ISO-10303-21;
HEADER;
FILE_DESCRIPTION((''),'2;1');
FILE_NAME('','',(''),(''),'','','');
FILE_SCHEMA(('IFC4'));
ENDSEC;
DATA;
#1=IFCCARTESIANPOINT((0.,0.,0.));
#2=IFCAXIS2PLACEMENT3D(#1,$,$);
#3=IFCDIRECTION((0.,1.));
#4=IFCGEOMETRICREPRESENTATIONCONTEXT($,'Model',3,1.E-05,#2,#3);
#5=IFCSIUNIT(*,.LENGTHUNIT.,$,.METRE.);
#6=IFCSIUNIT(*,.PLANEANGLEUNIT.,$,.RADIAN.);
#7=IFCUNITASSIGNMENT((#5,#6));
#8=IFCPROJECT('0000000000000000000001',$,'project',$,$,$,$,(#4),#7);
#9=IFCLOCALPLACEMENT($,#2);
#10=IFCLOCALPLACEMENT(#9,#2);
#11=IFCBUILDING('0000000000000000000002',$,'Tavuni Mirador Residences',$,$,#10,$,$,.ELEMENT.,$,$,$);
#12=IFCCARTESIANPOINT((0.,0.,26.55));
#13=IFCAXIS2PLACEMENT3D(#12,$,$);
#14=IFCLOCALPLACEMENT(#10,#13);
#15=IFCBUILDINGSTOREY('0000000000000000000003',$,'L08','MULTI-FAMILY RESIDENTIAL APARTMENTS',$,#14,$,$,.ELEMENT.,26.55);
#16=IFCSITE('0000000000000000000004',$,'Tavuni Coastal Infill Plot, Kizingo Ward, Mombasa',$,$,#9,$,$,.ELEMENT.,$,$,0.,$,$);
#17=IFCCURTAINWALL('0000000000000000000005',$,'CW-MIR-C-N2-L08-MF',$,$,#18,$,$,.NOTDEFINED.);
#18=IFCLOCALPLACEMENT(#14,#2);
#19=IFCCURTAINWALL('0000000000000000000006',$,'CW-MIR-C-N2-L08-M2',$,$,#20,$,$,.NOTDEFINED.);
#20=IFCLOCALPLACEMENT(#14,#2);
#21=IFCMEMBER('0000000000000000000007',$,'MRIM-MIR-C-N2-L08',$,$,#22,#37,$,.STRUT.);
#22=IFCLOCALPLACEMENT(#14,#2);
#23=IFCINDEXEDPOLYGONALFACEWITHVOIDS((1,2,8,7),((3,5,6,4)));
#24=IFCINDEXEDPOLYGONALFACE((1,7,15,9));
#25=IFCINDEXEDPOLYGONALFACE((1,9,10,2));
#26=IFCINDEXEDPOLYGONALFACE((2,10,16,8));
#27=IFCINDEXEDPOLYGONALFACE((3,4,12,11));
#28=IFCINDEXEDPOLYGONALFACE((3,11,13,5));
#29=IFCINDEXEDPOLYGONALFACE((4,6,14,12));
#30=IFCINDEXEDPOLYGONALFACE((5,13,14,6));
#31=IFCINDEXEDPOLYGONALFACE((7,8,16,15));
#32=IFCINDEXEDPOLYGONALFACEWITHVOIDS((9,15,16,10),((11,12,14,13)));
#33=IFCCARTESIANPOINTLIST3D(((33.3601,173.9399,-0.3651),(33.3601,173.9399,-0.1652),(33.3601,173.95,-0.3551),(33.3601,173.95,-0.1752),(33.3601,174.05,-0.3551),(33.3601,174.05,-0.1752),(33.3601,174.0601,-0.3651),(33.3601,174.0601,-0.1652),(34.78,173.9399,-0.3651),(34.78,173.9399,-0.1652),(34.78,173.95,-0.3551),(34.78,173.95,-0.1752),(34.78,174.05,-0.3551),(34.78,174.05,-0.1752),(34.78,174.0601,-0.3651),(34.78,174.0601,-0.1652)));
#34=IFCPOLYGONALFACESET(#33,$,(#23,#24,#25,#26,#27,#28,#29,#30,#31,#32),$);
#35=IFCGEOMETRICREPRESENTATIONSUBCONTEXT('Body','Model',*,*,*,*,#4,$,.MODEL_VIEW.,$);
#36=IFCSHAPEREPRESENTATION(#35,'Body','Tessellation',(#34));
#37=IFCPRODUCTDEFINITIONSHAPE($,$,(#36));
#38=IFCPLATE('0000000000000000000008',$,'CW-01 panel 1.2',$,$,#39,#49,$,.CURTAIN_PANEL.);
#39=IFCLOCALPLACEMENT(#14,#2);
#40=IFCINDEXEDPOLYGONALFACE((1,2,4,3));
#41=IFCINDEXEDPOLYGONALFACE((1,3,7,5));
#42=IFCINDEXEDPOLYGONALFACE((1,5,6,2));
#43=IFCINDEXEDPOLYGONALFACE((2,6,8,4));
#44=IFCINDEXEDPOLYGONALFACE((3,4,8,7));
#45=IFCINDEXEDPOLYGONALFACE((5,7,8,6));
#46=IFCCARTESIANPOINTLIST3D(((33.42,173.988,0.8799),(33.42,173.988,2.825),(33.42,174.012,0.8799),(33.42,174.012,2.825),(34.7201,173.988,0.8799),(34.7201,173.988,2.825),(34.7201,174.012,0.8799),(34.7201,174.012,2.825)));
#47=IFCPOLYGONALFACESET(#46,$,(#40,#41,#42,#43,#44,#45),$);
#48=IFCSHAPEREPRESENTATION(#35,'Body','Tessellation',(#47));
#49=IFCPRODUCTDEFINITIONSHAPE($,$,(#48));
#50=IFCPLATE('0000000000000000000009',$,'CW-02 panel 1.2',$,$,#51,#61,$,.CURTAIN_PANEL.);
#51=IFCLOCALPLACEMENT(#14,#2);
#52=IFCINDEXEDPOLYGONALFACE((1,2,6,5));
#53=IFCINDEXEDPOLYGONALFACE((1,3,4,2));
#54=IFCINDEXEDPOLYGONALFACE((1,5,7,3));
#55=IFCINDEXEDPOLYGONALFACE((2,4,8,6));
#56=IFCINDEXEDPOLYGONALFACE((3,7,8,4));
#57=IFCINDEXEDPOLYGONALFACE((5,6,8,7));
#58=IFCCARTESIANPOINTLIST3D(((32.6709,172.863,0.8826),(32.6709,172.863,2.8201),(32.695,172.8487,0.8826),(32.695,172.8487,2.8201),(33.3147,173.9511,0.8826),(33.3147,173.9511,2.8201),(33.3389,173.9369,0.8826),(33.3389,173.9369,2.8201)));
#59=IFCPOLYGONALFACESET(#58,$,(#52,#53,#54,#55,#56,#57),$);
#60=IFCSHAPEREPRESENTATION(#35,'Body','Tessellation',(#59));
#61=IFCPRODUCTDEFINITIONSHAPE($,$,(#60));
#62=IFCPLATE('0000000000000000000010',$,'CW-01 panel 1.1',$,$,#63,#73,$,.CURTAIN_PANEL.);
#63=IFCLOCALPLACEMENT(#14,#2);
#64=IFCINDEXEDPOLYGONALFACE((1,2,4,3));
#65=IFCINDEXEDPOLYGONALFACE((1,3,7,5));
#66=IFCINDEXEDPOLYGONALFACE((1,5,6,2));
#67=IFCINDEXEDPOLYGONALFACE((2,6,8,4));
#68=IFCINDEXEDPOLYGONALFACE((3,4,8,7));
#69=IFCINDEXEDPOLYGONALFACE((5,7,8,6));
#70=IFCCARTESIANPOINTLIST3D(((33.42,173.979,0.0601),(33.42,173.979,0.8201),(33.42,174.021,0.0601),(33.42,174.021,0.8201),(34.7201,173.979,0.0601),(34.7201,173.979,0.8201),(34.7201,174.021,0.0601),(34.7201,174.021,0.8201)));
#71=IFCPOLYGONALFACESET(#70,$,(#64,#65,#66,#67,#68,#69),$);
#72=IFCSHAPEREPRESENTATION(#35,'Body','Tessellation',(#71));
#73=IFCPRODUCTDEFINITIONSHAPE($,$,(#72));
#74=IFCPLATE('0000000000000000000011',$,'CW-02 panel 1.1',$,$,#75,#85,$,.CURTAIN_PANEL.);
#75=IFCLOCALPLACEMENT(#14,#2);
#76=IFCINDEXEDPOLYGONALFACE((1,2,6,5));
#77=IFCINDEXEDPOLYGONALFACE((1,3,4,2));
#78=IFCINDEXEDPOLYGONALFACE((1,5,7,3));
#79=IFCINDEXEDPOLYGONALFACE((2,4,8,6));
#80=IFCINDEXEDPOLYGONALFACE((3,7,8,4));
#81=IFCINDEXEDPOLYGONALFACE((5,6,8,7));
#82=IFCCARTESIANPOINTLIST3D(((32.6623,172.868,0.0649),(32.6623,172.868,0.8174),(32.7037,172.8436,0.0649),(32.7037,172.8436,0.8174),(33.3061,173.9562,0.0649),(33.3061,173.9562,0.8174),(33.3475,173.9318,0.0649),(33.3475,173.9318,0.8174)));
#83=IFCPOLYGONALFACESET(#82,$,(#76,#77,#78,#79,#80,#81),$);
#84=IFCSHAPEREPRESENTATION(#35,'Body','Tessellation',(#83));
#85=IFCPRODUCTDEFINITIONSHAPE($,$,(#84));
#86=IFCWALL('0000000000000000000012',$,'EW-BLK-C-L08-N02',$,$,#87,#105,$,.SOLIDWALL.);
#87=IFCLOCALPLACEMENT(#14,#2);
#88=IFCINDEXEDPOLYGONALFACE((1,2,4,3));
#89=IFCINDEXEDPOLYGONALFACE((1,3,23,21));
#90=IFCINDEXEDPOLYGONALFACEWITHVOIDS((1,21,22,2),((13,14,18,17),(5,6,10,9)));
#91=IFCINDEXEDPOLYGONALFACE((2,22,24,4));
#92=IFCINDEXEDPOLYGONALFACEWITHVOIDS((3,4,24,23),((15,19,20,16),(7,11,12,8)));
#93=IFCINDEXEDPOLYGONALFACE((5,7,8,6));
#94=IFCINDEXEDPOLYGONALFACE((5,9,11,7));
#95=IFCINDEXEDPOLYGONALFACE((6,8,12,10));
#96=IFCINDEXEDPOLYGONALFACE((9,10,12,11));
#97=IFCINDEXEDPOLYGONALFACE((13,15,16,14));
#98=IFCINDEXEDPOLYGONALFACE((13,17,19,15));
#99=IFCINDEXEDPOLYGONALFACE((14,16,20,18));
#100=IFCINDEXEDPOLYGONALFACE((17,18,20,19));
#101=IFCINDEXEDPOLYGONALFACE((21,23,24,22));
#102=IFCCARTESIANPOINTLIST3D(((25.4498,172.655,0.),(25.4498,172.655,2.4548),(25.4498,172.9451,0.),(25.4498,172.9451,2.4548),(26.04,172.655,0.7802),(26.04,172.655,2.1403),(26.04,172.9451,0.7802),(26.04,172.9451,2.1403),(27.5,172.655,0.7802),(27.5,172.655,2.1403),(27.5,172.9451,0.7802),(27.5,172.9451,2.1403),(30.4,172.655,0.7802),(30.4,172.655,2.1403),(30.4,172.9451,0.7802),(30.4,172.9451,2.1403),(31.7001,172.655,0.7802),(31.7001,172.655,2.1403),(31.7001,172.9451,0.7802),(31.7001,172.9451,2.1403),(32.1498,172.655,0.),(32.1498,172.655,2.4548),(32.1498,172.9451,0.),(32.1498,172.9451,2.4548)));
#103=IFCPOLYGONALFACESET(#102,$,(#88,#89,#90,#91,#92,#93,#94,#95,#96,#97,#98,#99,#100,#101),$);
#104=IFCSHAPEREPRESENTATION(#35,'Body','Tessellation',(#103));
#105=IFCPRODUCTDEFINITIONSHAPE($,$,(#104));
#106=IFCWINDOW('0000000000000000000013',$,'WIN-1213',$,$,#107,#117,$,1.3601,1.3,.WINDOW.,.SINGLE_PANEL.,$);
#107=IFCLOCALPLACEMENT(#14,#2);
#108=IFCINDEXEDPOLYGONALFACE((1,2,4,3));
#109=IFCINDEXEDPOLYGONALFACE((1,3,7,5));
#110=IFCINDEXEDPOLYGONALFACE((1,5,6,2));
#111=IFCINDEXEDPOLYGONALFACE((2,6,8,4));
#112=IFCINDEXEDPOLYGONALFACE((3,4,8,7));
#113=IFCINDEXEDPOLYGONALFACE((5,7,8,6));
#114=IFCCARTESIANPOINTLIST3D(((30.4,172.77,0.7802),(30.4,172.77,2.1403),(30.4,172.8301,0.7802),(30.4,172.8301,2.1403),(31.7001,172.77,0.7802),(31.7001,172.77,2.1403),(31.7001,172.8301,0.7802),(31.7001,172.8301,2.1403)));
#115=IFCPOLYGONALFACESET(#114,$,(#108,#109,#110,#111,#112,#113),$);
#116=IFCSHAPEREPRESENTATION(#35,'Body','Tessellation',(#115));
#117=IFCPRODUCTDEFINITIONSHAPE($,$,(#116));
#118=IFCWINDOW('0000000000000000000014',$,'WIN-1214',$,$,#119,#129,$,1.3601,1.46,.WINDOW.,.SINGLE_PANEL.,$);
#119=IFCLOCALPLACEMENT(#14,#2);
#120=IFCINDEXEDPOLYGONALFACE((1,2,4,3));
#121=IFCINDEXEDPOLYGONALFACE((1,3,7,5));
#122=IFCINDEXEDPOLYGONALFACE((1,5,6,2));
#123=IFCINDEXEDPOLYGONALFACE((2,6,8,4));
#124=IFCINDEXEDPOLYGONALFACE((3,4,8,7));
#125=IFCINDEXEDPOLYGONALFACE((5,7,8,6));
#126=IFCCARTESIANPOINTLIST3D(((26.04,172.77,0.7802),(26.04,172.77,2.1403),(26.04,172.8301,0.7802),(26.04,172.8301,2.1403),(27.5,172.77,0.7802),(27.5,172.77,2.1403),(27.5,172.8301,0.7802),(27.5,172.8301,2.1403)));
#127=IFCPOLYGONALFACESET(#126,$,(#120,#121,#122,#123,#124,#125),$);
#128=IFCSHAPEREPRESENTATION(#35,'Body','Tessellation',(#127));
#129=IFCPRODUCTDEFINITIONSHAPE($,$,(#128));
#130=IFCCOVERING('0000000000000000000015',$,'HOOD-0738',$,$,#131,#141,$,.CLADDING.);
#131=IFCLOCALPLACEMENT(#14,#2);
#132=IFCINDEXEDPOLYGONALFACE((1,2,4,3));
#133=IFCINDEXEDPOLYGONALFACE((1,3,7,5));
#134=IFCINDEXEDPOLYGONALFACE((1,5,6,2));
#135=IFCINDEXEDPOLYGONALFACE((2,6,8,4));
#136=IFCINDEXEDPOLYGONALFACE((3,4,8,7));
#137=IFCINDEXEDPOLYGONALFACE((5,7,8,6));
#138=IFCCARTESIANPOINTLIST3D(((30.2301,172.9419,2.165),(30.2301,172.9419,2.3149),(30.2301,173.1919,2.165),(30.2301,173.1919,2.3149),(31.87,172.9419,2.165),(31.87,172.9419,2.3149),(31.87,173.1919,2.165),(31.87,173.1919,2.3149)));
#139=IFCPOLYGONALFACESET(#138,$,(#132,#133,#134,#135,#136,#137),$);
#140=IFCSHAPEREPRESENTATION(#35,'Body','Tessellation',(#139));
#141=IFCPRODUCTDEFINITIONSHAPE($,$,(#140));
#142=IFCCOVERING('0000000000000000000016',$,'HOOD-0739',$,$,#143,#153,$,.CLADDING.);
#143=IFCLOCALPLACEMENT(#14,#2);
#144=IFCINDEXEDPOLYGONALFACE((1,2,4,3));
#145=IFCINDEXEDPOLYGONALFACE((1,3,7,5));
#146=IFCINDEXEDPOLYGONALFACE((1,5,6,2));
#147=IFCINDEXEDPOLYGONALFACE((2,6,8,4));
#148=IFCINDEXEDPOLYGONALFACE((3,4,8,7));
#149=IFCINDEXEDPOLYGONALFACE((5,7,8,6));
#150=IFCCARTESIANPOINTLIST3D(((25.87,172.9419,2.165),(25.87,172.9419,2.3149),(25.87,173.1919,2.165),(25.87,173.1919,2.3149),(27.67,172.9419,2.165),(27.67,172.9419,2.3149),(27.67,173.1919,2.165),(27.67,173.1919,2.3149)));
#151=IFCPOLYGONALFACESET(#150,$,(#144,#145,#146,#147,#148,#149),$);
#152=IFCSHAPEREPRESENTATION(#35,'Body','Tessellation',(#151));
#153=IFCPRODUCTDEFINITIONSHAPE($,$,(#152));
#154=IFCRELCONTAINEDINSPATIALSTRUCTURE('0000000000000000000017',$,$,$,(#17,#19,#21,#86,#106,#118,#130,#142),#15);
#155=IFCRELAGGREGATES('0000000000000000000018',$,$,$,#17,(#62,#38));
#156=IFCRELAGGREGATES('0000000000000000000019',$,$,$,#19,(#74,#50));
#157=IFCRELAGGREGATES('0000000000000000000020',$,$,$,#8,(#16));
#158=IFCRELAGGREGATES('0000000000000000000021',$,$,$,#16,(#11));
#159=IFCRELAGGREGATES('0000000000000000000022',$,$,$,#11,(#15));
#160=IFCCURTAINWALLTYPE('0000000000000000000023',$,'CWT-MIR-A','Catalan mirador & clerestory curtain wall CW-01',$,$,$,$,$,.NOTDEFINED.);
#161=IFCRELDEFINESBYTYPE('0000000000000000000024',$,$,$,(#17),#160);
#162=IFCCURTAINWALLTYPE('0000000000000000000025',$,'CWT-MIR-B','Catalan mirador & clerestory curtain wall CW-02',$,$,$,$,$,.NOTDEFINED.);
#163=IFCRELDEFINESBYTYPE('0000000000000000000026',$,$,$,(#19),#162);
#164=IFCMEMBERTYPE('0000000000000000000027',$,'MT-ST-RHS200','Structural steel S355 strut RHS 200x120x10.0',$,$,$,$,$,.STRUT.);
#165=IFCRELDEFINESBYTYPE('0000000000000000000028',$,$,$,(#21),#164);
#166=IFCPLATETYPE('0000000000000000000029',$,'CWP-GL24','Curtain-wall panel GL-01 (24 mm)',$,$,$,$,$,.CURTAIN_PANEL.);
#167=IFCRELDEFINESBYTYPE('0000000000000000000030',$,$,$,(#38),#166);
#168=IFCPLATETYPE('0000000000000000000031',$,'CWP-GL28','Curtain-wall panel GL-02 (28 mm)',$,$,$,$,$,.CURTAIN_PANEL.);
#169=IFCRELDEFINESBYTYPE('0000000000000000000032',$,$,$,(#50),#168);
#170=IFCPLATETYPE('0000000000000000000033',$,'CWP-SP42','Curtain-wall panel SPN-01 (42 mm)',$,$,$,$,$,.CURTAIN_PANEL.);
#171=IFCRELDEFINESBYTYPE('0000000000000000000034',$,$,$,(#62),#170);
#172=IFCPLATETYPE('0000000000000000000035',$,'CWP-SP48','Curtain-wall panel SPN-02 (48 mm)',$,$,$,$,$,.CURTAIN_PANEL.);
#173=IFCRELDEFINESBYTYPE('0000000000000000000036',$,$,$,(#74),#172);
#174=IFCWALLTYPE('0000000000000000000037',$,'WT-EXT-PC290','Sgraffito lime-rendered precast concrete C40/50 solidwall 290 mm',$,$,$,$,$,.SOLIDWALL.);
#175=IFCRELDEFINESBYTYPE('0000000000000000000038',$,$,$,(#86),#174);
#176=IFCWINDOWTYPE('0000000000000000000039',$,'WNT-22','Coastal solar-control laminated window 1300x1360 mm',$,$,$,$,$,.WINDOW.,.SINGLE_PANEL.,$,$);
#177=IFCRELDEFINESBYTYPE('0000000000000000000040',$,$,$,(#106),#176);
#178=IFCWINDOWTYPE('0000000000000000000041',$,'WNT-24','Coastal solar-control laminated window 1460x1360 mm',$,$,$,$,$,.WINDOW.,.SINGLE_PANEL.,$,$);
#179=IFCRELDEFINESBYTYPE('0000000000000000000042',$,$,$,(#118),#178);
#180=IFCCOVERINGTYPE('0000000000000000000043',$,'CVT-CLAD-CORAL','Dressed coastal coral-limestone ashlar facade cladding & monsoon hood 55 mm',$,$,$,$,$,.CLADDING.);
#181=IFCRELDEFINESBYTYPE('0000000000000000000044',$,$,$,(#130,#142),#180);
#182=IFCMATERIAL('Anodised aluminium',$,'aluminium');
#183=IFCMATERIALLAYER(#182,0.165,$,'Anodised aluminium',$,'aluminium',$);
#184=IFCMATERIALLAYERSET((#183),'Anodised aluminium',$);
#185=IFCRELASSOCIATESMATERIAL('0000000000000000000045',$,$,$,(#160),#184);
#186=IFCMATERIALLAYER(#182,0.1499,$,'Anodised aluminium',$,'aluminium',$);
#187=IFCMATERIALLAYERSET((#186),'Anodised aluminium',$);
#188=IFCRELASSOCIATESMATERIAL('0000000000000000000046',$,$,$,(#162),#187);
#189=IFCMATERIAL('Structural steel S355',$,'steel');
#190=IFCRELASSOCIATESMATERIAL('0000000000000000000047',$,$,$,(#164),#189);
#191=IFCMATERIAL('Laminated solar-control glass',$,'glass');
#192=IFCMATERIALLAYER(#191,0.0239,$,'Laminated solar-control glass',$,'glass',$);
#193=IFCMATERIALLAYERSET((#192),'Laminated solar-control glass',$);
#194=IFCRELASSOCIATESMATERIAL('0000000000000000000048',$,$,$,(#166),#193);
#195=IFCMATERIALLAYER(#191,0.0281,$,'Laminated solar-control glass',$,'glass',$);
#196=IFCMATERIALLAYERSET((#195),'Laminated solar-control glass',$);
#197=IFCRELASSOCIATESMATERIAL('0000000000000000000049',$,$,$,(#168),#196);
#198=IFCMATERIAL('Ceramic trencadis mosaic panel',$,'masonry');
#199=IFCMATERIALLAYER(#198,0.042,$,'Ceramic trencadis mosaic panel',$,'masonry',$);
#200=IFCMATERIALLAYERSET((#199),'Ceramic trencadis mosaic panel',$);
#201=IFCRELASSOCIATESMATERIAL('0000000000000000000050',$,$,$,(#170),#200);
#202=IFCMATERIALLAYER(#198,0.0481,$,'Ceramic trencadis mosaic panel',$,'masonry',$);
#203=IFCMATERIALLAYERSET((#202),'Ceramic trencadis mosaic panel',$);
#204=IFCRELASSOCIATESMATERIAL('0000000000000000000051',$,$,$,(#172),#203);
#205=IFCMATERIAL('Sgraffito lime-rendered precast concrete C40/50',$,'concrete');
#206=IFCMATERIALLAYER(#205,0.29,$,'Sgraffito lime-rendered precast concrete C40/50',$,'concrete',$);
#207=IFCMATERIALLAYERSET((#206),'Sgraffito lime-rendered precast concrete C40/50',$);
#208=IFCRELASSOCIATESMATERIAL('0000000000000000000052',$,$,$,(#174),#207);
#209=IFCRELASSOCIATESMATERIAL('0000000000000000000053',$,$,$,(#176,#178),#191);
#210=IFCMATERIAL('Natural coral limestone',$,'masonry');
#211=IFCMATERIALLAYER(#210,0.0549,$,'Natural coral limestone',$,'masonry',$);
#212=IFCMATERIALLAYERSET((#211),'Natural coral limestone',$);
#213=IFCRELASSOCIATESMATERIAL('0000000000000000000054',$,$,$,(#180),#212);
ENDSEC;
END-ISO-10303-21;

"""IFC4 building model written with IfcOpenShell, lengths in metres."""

from ifc_helpers import new_model, si_unit, direction, frame, frame_2d, origin, origin_2d, place, context, subcontext, project, spatial, rectangle, hollow_rectangle, extrude, material, layer, layer_set, material_profile, profile_set, type_object, element, fill, aggregate, save


model = new_model("IFC4")

# Units and contexts
model_context = context("Model", 3, precision=1e-05, world=origin(), true_north=direction((0.0, 1.0)))
body_context = subcontext(model_context, "Body", "Model", "MODEL_VIEW")
ifc_project = project(units=[si_unit("LENGTHUNIT", "METRE"), si_unit("PLANEANGLEUNIT", "RADIAN")], contexts=[model_context])

# Site, building, storey
site_placement = place(None, origin())
site = spatial("IfcSite", under=ifc_project, at=site_placement, Name="Tavuni Coastal Infill Plot, Kizingo Ward, Mombasa", CompositionType="ELEMENT", RefElevation=0.0)
building_placement = place(site_placement, origin())
building = spatial("IfcBuilding", under=site, at=building_placement, Name="Tavuni Mirador Residences", CompositionType="ELEMENT")
storey_placement = place(building_placement, frame((0.0, 0.0, 26.55)))
storey = spatial("IfcBuildingStorey", under=building, at=storey_placement, Name="L08", Description="MULTI-FAMILY RESIDENTIAL APARTMENTS", CompositionType="ELEMENT", Elevation=26.55)

# Curtain wall
ifc_material_1 = material(Name="Anodised aluminium", Category="aluminium")
ifc_layer_1 = layer(ifc_material_1, 0.165, Name="Anodised aluminium", Category="aluminium")
ifc_layer_set_1 = layer_set([ifc_layer_1], Name="Anodised aluminium")
curtain_wall_type_1 = type_object("IfcCurtainWallType", Name="CWT-MIR-A", Description="Catalan mirador & clerestory curtain wall CW-01", PredefinedType="NOTDEFINED", material=ifc_layer_set_1)
curtain_wall_1_placement = place(storey_placement, origin())
curtain_wall_1 = element("IfcCurtainWall", 1, at=curtain_wall_1_placement, inside=storey, type_object=curtain_wall_type_1, Name="CW-MIR-C-N2-L08-MF", PredefinedType="NOTDEFINED")

# Curtain wall
ifc_layer_2 = layer(ifc_material_1, 0.1499, Name="Anodised aluminium", Category="aluminium")
ifc_layer_set_2 = layer_set([ifc_layer_2], Name="Anodised aluminium")
curtain_wall_type_2 = type_object("IfcCurtainWallType", Name="CWT-MIR-B", Description="Catalan mirador & clerestory curtain wall CW-02", PredefinedType="NOTDEFINED", material=ifc_layer_set_2)
curtain_wall_2_placement = place(storey_placement, origin())
curtain_wall_2 = element("IfcCurtainWall", 2, at=curtain_wall_2_placement, inside=storey, type_object=curtain_wall_type_2, Name="CW-MIR-C-N2-L08-M2", PredefinedType="NOTDEFINED")

# Member
ifc_material_2 = material(Name="Structural steel S355", Category="steel")
ifc_material_profile_1 = material_profile(ifc_material_2, hollow_rectangle(XDim=0.1201, YDim=0.2, WallThickness=0.01, at=origin_2d()), Name="RHS 200x120x10.0", Category="steel")
ifc_profile_set_1 = profile_set([ifc_material_profile_1], Name="Structural steel S355")
member_type_1 = type_object("IfcMemberType", Name="MT-ST-RHS200", Description="Structural steel S355 strut RHS 200x120x10.0", PredefinedType="STRUT", material=ifc_profile_set_1)
member_1_placement = place(storey_placement, frame((33.3601, 174.0, -0.2651), z_axis=(1.0, 0.0, 0.0), x_axis=(0.0, 1.0, 0.0)))
element("IfcMember", 3, at=member_1_placement, inside=storey, type_object=member_type_1, Name="MRIM-MIR-C-N2-L08", PredefinedType="STRUT", context=body_context, shape_type="SweptSolid", body=[
    extrude(hollow_rectangle(XDim=0.1201, YDim=0.2, WallThickness=0.01, at=origin_2d()), origin(), (0.0, 0.0, 1.0), 1.4199),
])

# Plates
ifc_material_3 = material(Name="Laminated solar-control glass", Category="glass")
ifc_layer_3 = layer(ifc_material_3, 0.0239, Name="Laminated solar-control glass", Category="glass")
ifc_layer_set_3 = layer_set([ifc_layer_3], Name="Laminated solar-control glass")
plate_type_1 = type_object("IfcPlateType", Name="CWP-GL24", Description="Curtain-wall panel GL-01 (24 mm)", PredefinedType="CURTAIN_PANEL", material=ifc_layer_set_3)
plate_1_placement = place(storey_placement, frame((34.0701, 174.0, 0.8799), z_axis=(0.0, 0.0, 1.0), x_axis=(-1.0, 0.0, 0.0)))
plate_1 = element("IfcPlate", 4, at=plate_1_placement, type_object=plate_type_1, Name="CW-01 panel 1.2", PredefinedType="CURTAIN_PANEL", context=body_context, shape_type="SweptSolid", body=[
    extrude(rectangle(XDim=1.3, YDim=0.0239, at=origin_2d()), origin(), (0.0, 0.0, 1.0), 1.9451),
])
ifc_layer_4 = layer(ifc_material_3, 0.0281, Name="Laminated solar-control glass", Category="glass")
ifc_layer_set_4 = layer_set([ifc_layer_4], Name="Laminated solar-control glass")
plate_type_2 = type_object("IfcPlateType", Name="CWP-GL28", Description="Curtain-wall panel GL-02 (28 mm)", PredefinedType="CURTAIN_PANEL", material=ifc_layer_set_4)
plate_2_placement = place(storey_placement, frame((33.0049, 173.3999, 0.8826), z_axis=(0.0, 0.0, 1.0), x_axis=(-0.509212, -0.860641, 0.0)))
plate_2 = element("IfcPlate", 5, at=plate_2_placement, type_object=plate_type_2, Name="CW-02 panel 1.2", PredefinedType="CURTAIN_PANEL", context=body_context, shape_type="SweptSolid", body=[
    extrude(rectangle(XDim=1.2644, YDim=0.0281, at=origin_2d()), origin(), (0.0, 0.0, 1.0), 1.9375),
])
ifc_material_4 = material(Name="Ceramic trencadis mosaic panel", Category="masonry")
ifc_layer_5 = layer(ifc_material_4, 0.042, Name="Ceramic trencadis mosaic panel", Category="masonry")
ifc_layer_set_5 = layer_set([ifc_layer_5], Name="Ceramic trencadis mosaic panel")
plate_type_3 = type_object("IfcPlateType", Name="CWP-SP42", Description="Curtain-wall panel SPN-01 (42 mm)", PredefinedType="CURTAIN_PANEL", material=ifc_layer_set_5)
plate_3_placement = place(storey_placement, frame((34.0701, 174.0, 0.0601), z_axis=(0.0, 0.0, 1.0), x_axis=(-1.0, 0.0, 0.0)))
plate_3 = element("IfcPlate", 6, at=plate_3_placement, type_object=plate_type_3, Name="CW-01 panel 1.1", PredefinedType="CURTAIN_PANEL", context=body_context, shape_type="SweptSolid", body=[
    extrude(rectangle(XDim=1.3, YDim=0.042, at=origin_2d()), origin(), (0.0, 0.0, 1.0), 0.76),
])
aggregate(curtain_wall_1, [plate_3, plate_1])
ifc_layer_6 = layer(ifc_material_4, 0.0481, Name="Ceramic trencadis mosaic panel", Category="masonry")
ifc_layer_set_6 = layer_set([ifc_layer_6], Name="Ceramic trencadis mosaic panel")
plate_type_4 = type_object("IfcPlateType", Name="CWP-SP48", Description="Curtain-wall panel SPN-02 (48 mm)", PredefinedType="CURTAIN_PANEL", material=ifc_layer_set_6)
plate_4_placement = place(storey_placement, frame((33.0049, 173.3999, 0.0649), z_axis=(0.0, 0.0, 1.0), x_axis=(-0.509212, -0.860641, 0.0)))
plate_4 = element("IfcPlate", 7, at=plate_4_placement, type_object=plate_type_4, Name="CW-02 panel 1.1", PredefinedType="CURTAIN_PANEL", context=body_context, shape_type="SweptSolid", body=[
    extrude(rectangle(XDim=1.2644, YDim=0.0481, at=origin_2d()), origin(), (0.0, 0.0, 1.0), 0.7524),
])
aggregate(curtain_wall_2, [plate_4, plate_2])

# Wall, openings, windows
ifc_material_5 = material(Name="Sgraffito lime-rendered precast concrete C40/50", Category="concrete")
ifc_layer_7 = layer(ifc_material_5, 0.29, Name="Sgraffito lime-rendered precast concrete C40/50", Category="concrete")
ifc_layer_set_7 = layer_set([ifc_layer_7], Name="Sgraffito lime-rendered precast concrete C40/50")
wall_type = type_object("IfcWallType", Name="WT-EXT-PC290", Description="Sgraffito lime-rendered precast concrete C40/50 solidwall 290 mm", PredefinedType="SOLIDWALL", material=ifc_layer_set_7)
wall_placement = place(storey_placement, frame((32.1499, 172.8, 0.0), z_axis=(0.0, 0.0, 1.0), x_axis=(-1.0, 0.0, 0.0)))
wall = element("IfcWall", 8, at=wall_placement, inside=storey, type_object=wall_type, Name="EW-BLK-C-L08-N02", PredefinedType="SOLIDWALL", context=body_context, shape_type="SweptSolid", body=[
    extrude(rectangle(XDim=6.7, YDim=0.29, at=frame_2d((3.3501, 0.0))), origin(), (0.0, 0.0, 1.0), 2.4548),
])
opening_1_placement = place(wall_placement, frame((0.45, 0.0, 0.78)))
opening_1 = element("IfcOpeningElement", 9, at=opening_1_placement, cuts=wall, PredefinedType="OPENING", context=body_context, shape_type="SweptSolid", body=[
    extrude(rectangle(XDim=1.3, YDim=1.3601, at=frame_2d((0.6499, 0.6802))), frame((0.0, 0.155, 0.0), z_axis=(0.0, -1.0, 0.0), x_axis=(1.0, 0.0, 0.0)), (0.0, 0.0, 1.0), 0.3101),
])
opening_2_placement = place(wall_placement, frame((4.6499, 0.0, 0.78)))
opening_2 = element("IfcOpeningElement", 10, at=opening_2_placement, cuts=wall, PredefinedType="OPENING", context=body_context, shape_type="SweptSolid", body=[
    extrude(rectangle(XDim=1.46, YDim=1.3601, at=frame_2d((0.73, 0.6802))), frame((0.0, 0.155, 0.0), z_axis=(0.0, -1.0, 0.0), x_axis=(1.0, 0.0, 0.0)), (0.0, 0.0, 1.0), 0.3101),
])
window_type_1 = type_object("IfcWindowType", Name="WNT-22", Description="Coastal solar-control laminated window 1300x1360 mm", PartitioningType="SINGLE_PANEL", PredefinedType="WINDOW", material=ifc_material_3)
window_1_placement = place(opening_1_placement, origin())
window_1 = element("IfcWindow", 11, at=window_1_placement, inside=storey, type_object=window_type_1, Name="WIN-1213", OverallHeight=1.3601, OverallWidth=1.3, PartitioningType="SINGLE_PANEL", PredefinedType="WINDOW", context=body_context, shape_type="SweptSolid", body=[
    extrude(rectangle(XDim=1.3, YDim=1.3601, at=frame_2d((0.6499, 0.6802))), frame((0.0, 0.03, 0.0), z_axis=(0.0, -1.0, 0.0), x_axis=(1.0, 0.0, 0.0)), (0.0, 0.0, 1.0), 0.0601),
])
fill(opening_1, window_1)
window_type_2 = type_object("IfcWindowType", Name="WNT-24", Description="Coastal solar-control laminated window 1460x1360 mm", PartitioningType="SINGLE_PANEL", PredefinedType="WINDOW", material=ifc_material_3)
window_2_placement = place(opening_2_placement, origin())
window_2 = element("IfcWindow", 12, at=window_2_placement, inside=storey, type_object=window_type_2, Name="WIN-1214", OverallHeight=1.3601, OverallWidth=1.46, PartitioningType="SINGLE_PANEL", PredefinedType="WINDOW", context=body_context, shape_type="SweptSolid", body=[
    extrude(rectangle(XDim=1.46, YDim=1.3601, at=frame_2d((0.73, 0.6802))), frame((0.0, 0.03, 0.0), z_axis=(0.0, -1.0, 0.0), x_axis=(1.0, 0.0, 0.0)), (0.0, 0.0, 1.0), 0.0601),
])
fill(opening_2, window_2)

# Coverings
ifc_material_6 = material(Name="Natural coral limestone", Category="masonry")
ifc_layer_8 = layer(ifc_material_6, 0.0549, Name="Natural coral limestone", Category="masonry")
ifc_layer_set_8 = layer_set([ifc_layer_8], Name="Natural coral limestone")
covering_type = type_object("IfcCoveringType", Name="CVT-CLAD-CORAL", Description="Dressed coastal coral-limestone ashlar facade cladding & monsoon hood 55 mm", PredefinedType="CLADDING", material=ifc_layer_set_8)
covering_1_placement = place(storey_placement, frame((31.05, 173.0669, 2.165), z_axis=(0.0, 0.0, 1.0), x_axis=(-1.0, 0.0, 0.0)))
element("IfcCovering", 13, at=covering_1_placement, inside=storey, type_object=covering_type, Name="HOOD-0738", PredefinedType="CLADDING", context=body_context, shape_type="SweptSolid", body=[
    extrude(rectangle(XDim=1.6399, YDim=0.25, at=origin_2d()), origin(), (0.0, 0.0, 1.0), 0.1499),
])
covering_2_placement = place(storey_placement, frame((26.77, 173.0669, 2.165), z_axis=(0.0, 0.0, 1.0), x_axis=(-1.0, 0.0, 0.0)))
element("IfcCovering", 14, at=covering_2_placement, inside=storey, type_object=covering_type, Name="HOOD-0739", PredefinedType="CLADDING", context=body_context, shape_type="SweptSolid", body=[
    extrude(rectangle(XDim=1.8, YDim=0.25, at=origin_2d()), origin(), (0.0, 0.0, 1.0), 0.1499),
])

save(model, "model.ifc")
